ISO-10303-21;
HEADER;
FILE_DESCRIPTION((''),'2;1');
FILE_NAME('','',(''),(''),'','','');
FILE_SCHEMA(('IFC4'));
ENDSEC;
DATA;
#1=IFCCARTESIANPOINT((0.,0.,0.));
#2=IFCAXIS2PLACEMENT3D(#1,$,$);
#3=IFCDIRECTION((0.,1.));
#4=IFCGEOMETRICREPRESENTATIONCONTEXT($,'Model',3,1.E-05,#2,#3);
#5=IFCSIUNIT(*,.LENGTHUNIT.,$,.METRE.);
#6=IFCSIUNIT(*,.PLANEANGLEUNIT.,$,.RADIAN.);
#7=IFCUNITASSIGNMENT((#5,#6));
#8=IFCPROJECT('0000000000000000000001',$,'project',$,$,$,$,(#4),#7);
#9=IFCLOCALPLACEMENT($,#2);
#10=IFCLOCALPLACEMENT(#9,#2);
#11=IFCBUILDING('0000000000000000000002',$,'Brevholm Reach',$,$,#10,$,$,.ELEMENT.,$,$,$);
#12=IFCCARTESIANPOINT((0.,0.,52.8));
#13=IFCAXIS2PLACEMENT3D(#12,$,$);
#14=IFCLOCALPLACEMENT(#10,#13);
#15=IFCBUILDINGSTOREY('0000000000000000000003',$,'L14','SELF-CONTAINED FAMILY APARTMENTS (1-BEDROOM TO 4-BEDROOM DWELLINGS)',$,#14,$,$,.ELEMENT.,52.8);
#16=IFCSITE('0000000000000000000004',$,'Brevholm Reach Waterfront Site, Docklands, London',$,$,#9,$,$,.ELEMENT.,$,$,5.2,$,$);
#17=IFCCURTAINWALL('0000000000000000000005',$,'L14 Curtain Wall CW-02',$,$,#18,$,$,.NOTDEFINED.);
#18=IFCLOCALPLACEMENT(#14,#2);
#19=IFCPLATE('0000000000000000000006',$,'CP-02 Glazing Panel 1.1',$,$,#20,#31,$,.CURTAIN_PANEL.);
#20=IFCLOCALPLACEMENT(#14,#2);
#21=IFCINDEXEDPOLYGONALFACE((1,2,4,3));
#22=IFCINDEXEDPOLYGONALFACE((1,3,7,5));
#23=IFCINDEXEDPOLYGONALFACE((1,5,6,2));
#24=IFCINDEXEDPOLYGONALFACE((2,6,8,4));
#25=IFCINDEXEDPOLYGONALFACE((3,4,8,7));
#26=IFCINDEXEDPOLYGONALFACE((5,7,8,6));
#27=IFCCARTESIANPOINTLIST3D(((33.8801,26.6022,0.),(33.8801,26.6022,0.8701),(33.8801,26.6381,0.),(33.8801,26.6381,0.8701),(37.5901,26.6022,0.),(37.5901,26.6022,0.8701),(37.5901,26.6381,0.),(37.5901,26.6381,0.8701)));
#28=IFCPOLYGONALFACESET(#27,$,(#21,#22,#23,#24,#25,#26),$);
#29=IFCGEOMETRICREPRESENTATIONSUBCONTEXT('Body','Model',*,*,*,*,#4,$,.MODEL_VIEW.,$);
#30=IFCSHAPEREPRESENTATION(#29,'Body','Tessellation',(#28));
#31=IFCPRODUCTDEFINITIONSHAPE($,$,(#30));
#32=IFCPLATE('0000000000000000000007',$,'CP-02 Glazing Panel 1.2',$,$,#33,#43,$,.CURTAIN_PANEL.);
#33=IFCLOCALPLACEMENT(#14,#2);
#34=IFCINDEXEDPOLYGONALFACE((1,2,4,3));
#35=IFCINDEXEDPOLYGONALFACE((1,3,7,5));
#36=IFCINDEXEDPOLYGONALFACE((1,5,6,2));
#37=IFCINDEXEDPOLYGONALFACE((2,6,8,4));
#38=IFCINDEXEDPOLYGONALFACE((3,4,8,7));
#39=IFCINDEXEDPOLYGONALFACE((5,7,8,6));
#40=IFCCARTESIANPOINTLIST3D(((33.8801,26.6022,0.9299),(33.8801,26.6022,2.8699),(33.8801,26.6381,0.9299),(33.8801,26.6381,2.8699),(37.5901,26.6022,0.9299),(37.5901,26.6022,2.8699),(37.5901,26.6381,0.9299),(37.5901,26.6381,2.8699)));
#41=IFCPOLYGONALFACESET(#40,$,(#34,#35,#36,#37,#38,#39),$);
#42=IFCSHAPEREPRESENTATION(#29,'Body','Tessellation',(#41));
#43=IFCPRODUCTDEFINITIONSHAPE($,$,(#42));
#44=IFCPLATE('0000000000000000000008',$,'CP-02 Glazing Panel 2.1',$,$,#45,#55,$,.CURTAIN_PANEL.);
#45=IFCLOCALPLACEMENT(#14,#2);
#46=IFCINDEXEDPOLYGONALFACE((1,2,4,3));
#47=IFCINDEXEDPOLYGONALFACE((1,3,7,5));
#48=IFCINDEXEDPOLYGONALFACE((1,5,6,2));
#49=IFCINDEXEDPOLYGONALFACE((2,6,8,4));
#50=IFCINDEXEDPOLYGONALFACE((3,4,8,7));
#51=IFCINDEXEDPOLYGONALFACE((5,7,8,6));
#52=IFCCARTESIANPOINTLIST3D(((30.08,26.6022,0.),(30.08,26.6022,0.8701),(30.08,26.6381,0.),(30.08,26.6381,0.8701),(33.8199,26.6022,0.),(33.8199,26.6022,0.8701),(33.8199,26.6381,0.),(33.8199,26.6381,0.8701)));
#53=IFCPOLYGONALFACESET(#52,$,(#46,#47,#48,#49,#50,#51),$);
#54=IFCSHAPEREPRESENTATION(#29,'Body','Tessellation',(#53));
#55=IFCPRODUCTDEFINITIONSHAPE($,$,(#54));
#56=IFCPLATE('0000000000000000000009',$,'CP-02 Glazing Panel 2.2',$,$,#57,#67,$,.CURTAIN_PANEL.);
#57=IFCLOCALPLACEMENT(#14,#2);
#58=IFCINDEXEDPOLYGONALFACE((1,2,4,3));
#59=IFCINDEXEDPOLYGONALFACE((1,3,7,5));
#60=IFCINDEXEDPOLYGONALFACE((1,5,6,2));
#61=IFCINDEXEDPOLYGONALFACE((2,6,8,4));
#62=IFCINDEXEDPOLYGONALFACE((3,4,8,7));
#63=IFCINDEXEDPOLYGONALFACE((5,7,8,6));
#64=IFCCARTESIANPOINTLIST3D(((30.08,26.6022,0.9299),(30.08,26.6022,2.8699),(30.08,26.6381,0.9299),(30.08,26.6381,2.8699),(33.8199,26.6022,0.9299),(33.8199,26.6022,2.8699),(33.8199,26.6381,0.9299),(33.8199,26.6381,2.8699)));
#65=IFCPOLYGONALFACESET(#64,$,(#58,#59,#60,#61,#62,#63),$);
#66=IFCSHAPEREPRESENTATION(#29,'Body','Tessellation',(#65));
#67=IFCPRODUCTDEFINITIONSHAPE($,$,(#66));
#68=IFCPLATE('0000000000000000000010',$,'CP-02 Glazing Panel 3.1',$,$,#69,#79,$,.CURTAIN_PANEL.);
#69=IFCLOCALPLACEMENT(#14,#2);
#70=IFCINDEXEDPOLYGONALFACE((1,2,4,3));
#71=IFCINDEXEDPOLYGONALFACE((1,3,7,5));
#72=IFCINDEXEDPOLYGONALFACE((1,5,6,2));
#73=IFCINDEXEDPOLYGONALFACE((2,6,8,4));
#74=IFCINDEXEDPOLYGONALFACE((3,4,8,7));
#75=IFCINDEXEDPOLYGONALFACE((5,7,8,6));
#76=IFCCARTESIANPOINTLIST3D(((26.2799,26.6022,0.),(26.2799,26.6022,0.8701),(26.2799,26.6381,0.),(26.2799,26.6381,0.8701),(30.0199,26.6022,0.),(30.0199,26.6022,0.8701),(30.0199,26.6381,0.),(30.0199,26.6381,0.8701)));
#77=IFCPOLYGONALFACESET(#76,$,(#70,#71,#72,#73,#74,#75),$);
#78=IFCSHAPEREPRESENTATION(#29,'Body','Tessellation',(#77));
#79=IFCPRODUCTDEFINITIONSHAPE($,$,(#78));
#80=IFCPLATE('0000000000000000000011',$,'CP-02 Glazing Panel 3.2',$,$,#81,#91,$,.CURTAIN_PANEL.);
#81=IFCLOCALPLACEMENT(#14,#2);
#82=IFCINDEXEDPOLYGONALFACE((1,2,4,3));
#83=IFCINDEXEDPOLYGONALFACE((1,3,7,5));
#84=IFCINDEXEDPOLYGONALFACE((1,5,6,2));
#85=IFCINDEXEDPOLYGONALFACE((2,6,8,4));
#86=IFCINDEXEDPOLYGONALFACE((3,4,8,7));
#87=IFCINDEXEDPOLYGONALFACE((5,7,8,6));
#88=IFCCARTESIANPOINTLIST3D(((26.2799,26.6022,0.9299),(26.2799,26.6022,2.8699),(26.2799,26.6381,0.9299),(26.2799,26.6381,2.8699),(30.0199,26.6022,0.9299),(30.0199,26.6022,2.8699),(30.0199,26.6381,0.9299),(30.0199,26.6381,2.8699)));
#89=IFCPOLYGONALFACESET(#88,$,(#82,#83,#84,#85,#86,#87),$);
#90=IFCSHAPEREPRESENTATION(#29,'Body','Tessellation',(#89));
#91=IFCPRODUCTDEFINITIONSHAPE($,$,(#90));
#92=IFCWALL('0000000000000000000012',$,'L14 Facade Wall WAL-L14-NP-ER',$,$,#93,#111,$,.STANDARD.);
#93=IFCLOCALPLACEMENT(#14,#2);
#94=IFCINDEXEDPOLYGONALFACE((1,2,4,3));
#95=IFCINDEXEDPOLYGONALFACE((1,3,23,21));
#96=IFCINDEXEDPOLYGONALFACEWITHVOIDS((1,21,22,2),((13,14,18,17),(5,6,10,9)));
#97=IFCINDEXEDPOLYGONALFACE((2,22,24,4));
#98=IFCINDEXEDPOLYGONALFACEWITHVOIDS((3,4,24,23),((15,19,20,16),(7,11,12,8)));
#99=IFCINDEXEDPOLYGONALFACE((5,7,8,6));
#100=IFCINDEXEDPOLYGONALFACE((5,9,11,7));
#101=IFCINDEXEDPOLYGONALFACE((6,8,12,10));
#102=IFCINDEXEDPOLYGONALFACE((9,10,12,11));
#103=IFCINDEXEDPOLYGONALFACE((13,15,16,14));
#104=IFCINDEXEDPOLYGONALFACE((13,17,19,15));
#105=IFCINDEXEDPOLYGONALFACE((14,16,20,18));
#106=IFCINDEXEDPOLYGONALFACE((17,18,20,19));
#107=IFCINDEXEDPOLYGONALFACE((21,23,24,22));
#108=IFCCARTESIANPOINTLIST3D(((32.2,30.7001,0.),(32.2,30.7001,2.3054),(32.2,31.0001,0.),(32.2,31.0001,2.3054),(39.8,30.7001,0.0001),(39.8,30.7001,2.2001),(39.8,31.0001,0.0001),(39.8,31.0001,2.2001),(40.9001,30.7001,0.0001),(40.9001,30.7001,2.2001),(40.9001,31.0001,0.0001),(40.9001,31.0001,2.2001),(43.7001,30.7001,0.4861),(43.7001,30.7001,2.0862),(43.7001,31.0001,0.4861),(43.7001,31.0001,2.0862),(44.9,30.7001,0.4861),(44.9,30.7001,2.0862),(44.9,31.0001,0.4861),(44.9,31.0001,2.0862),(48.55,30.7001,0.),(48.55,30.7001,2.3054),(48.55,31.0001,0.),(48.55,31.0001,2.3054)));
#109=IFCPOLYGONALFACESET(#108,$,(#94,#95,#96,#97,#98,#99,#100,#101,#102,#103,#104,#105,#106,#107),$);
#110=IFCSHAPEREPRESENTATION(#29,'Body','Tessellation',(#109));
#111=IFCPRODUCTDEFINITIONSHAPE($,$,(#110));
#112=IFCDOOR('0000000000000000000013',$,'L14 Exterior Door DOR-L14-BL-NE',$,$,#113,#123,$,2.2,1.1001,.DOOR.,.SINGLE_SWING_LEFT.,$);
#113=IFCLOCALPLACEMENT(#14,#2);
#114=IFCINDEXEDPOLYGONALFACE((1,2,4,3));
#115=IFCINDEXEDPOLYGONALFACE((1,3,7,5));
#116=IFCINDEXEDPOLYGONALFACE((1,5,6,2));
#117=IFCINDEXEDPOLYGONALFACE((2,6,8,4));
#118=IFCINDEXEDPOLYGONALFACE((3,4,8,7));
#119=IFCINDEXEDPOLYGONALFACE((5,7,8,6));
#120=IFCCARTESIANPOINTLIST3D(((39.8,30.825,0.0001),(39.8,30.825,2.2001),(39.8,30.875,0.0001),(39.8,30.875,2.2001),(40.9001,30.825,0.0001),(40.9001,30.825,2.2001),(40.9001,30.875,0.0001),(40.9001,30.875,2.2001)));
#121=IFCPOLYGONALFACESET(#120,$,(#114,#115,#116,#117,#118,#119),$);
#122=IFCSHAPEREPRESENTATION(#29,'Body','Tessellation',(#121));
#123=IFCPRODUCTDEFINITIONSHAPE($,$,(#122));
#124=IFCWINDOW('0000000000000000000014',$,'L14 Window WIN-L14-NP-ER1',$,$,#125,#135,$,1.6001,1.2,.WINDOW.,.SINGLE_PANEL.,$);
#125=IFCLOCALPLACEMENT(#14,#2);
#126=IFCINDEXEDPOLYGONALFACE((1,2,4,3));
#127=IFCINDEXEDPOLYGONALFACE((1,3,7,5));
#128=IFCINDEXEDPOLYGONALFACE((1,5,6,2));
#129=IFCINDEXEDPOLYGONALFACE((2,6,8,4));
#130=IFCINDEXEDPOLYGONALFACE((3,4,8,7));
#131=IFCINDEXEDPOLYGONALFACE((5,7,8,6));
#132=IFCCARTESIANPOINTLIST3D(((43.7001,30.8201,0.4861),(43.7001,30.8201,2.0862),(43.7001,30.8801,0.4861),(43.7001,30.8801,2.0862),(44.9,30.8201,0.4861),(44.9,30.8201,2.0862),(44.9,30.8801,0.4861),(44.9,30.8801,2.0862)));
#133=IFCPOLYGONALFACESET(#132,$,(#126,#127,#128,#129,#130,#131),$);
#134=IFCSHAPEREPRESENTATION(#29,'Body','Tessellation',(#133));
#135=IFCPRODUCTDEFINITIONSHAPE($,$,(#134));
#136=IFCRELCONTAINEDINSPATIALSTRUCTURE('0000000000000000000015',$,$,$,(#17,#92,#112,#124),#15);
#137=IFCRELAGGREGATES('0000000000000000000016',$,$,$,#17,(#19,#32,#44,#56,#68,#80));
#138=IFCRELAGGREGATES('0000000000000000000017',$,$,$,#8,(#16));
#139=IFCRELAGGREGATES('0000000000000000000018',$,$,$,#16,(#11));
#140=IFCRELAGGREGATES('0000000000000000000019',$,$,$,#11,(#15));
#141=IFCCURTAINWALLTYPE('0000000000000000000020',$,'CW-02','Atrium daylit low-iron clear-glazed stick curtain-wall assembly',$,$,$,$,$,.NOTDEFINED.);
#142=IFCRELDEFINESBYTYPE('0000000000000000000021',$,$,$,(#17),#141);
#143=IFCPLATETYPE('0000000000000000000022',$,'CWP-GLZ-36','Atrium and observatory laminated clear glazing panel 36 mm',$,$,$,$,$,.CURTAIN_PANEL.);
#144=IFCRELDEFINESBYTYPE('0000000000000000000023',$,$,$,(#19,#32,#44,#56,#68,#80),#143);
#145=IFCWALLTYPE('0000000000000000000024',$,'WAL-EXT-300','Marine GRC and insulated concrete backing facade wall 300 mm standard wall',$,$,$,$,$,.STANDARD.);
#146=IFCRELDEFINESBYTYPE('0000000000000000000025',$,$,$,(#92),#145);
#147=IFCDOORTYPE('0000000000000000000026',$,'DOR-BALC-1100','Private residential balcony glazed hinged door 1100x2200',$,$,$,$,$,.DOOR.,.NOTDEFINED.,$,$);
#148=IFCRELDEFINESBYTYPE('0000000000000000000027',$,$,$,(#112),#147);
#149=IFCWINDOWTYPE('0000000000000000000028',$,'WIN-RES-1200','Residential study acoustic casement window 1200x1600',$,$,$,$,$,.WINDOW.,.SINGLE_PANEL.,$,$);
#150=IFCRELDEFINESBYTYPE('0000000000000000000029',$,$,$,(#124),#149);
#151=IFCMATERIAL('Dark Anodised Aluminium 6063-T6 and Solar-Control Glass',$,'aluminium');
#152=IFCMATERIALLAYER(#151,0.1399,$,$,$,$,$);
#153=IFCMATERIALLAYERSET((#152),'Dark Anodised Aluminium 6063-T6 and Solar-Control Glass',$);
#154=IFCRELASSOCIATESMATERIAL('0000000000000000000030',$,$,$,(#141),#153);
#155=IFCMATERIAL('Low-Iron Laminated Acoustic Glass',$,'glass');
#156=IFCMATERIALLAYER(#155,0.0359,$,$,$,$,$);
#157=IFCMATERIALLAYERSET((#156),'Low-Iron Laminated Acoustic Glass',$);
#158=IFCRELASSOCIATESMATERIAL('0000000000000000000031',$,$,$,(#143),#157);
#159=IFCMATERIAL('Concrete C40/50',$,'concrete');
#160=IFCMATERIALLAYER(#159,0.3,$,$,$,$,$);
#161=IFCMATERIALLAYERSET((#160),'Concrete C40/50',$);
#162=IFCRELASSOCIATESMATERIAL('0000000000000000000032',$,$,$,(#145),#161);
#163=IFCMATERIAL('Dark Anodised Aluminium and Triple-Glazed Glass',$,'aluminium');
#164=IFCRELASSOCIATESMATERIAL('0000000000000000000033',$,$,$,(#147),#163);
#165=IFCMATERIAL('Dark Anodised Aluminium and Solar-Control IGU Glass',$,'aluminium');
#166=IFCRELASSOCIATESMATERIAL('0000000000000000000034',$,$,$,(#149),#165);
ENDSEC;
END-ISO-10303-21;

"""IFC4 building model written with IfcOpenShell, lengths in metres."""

from ifc_helpers import new_model, si_unit, direction, frame, frame_2d, origin, origin_2d, place, context, subcontext, project, spatial, rectangle, extrude, material, layer, layer_set, type_object, element, fill, aggregate, save


model = new_model("IFC4")

# Units and contexts
model_context = context("Model", 3, precision=1e-05, world=origin(), true_north=direction((0.0, 1.0)))
body_context = subcontext(model_context, "Body", "Model", "MODEL_VIEW")
ifc_project = project(units=[si_unit("LENGTHUNIT", "METRE"), si_unit("PLANEANGLEUNIT", "RADIAN")], contexts=[model_context])

# Site, building, storey
site_placement = place(None, origin())
site = spatial("IfcSite", under=ifc_project, at=site_placement, Name="Brevholm Reach Waterfront Site, Docklands, London", CompositionType="ELEMENT", RefElevation=5.2)
building_placement = place(site_placement, origin())
building = spatial("IfcBuilding", under=site, at=building_placement, Name="Brevholm Reach", CompositionType="ELEMENT")
storey_placement = place(building_placement, frame((0.0, 0.0, 52.8)))
storey = spatial("IfcBuildingStorey", under=building, at=storey_placement, Name="L14", Description="SELF-CONTAINED FAMILY APARTMENTS (1-BEDROOM TO 4-BEDROOM DWELLINGS)", CompositionType="ELEMENT", Elevation=52.8)

# Curtain wall
ifc_material_1 = material(Name="Dark Anodised Aluminium 6063-T6 and Solar-Control Glass", Category="aluminium")
ifc_layer_1 = layer(ifc_material_1, 0.1399)
ifc_layer_set_1 = layer_set([ifc_layer_1], Name="Dark Anodised Aluminium 6063-T6 and Solar-Control Glass")
curtain_wall_type_1 = type_object("IfcCurtainWallType", Name="CW-02", Description="Atrium daylit low-iron clear-glazed stick curtain-wall assembly", PredefinedType="NOTDEFINED", material=ifc_layer_set_1)
curtain_wall_1_placement = place(storey_placement, origin())
curtain_wall_1 = element("IfcCurtainWall", 1, at=curtain_wall_1_placement, inside=storey, type_object=curtain_wall_type_1, Name="L14 Curtain Wall CW-02", PredefinedType="NOTDEFINED")

# Plates
ifc_material_2 = material(Name="Low-Iron Laminated Acoustic Glass", Category="glass")
ifc_layer_2 = layer(ifc_material_2, 0.0359)
ifc_layer_set_2 = layer_set([ifc_layer_2], Name="Low-Iron Laminated Acoustic Glass")
plate_type_1 = type_object("IfcPlateType", Name="CWP-GLZ-36", Description="Atrium and observatory laminated clear glazing panel 36 mm", PredefinedType="CURTAIN_PANEL", material=ifc_layer_set_2)
plate_1_placement = place(storey_placement, frame((35.7351, 26.6201, 0.0), z_axis=(0.0, 0.0, 1.0), x_axis=(-1.0, 0.0, 0.0)))
plate_1 = element("IfcPlate", 2, at=plate_1_placement, type_object=plate_type_1, Name="CP-02 Glazing Panel 1.1", PredefinedType="CURTAIN_PANEL", context=body_context, shape_type="SweptSolid", body=[
    extrude(rectangle(XDim=3.71, YDim=0.0359, at=origin_2d()), origin(), (0.0, 0.0, 1.0), 0.8701),
])
plate_2_placement = place(storey_placement, frame((35.7351, 26.6201, 0.9299), z_axis=(0.0, 0.0, 1.0), x_axis=(-1.0, 0.0, 0.0)))
plate_2 = element("IfcPlate", 3, at=plate_2_placement, type_object=plate_type_1, Name="CP-02 Glazing Panel 1.2", PredefinedType="CURTAIN_PANEL", context=body_context, shape_type="SweptSolid", body=[
    extrude(rectangle(XDim=3.71, YDim=0.0359, at=origin_2d()), origin(), (0.0, 0.0, 1.0), 1.9399),
])
plate_3_placement = place(storey_placement, frame((31.95, 26.6201, 0.0), z_axis=(0.0, 0.0, 1.0), x_axis=(-1.0, 0.0, 0.0)))
plate_3 = element("IfcPlate", 4, at=plate_3_placement, type_object=plate_type_1, Name="CP-02 Glazing Panel 2.1", PredefinedType="CURTAIN_PANEL", context=body_context, shape_type="SweptSolid", body=[
    extrude(rectangle(XDim=3.74, YDim=0.0359, at=origin_2d()), origin(), (0.0, 0.0, 1.0), 0.8701),
])
plate_4_placement = place(storey_placement, frame((31.95, 26.6201, 0.9299), z_axis=(0.0, 0.0, 1.0), x_axis=(-1.0, 0.0, 0.0)))
plate_4 = element("IfcPlate", 5, at=plate_4_placement, type_object=plate_type_1, Name="CP-02 Glazing Panel 2.2", PredefinedType="CURTAIN_PANEL", context=body_context, shape_type="SweptSolid", body=[
    extrude(rectangle(XDim=3.74, YDim=0.0359, at=origin_2d()), origin(), (0.0, 0.0, 1.0), 1.9399),
])
plate_5_placement = place(storey_placement, frame((28.1499, 26.6201, 0.0), z_axis=(0.0, 0.0, 1.0), x_axis=(-1.0, 0.0, 0.0)))
plate_5 = element("IfcPlate", 6, at=plate_5_placement, type_object=plate_type_1, Name="CP-02 Glazing Panel 3.1", PredefinedType="CURTAIN_PANEL", context=body_context, shape_type="SweptSolid", body=[
    extrude(rectangle(XDim=3.74, YDim=0.0359, at=origin_2d()), origin(), (0.0, 0.0, 1.0), 0.8701),
])
plate_6_placement = place(storey_placement, frame((28.1499, 26.6201, 0.9299), z_axis=(0.0, 0.0, 1.0), x_axis=(-1.0, 0.0, 0.0)))
plate_6 = element("IfcPlate", 7, at=plate_6_placement, type_object=plate_type_1, Name="CP-02 Glazing Panel 3.2", PredefinedType="CURTAIN_PANEL", context=body_context, shape_type="SweptSolid", body=[
    extrude(rectangle(XDim=3.74, YDim=0.0359, at=origin_2d()), origin(), (0.0, 0.0, 1.0), 1.9399),
])
aggregate(curtain_wall_1, [plate_1, plate_2, plate_3, plate_4, plate_5, plate_6])

# Wall, openings, door, window
ifc_material_3 = material(Name="Concrete C40/50", Category="concrete")
ifc_layer_3 = layer(ifc_material_3, 0.3)
ifc_layer_set_3 = layer_set([ifc_layer_3], Name="Concrete C40/50")
wall_type = type_object("IfcWallType", Name="WAL-EXT-300", Description="Marine GRC and insulated concrete backing facade wall 300 mm standard wall", PredefinedType="STANDARD", material=ifc_layer_set_3)
wall_placement = place(storey_placement, frame((32.2, 30.8501, 0.0), z_axis=(0.0, 0.0, 1.0), x_axis=(1.0, 0.0, 0.0)))
wall = element("IfcWall", 8, at=wall_placement, inside=storey, type_object=wall_type, Name="L14 Facade Wall WAL-L14-NP-ER", PredefinedType="STANDARD", context=body_context, shape_type="SweptSolid", body=[
    extrude(rectangle(XDim=16.3501, YDim=0.3, at=frame_2d((8.175, 0.0))), origin(), (0.0, 0.0, 1.0), 2.3054),
])
opening_1_placement = place(wall_placement, frame((7.6001, 0.0, 0.0)))
opening_1 = element("IfcOpeningElement", 9, at=opening_1_placement, cuts=wall, PredefinedType="OPENING", context=body_context, shape_type="SweptSolid", body=[
    extrude(rectangle(XDim=1.1001, YDim=2.2, at=frame_2d((0.55, 1.1001))), frame((0.0, 0.1599, 0.0), z_axis=(0.0, -1.0, 0.0), x_axis=(1.0, 0.0, 0.0)), (0.0, 0.0, 1.0), 0.3201),
])
opening_2_placement = place(wall_placement, frame((11.5, 0.0, 0.4861)))
opening_2 = element("IfcOpeningElement", 10, at=opening_2_placement, cuts=wall, PredefinedType="OPENING", context=body_context, shape_type="SweptSolid", body=[
    extrude(rectangle(XDim=1.2, YDim=1.6001, at=frame_2d((0.6001, 0.8))), frame((0.0, 0.1599, 0.0), z_axis=(0.0, -1.0, 0.0), x_axis=(1.0, 0.0, 0.0)), (0.0, 0.0, 1.0), 0.3201),
])
ifc_material_4 = material(Name="Dark Anodised Aluminium and Triple-Glazed Glass", Category="aluminium")
door_type = type_object("IfcDoorType", Name="DOR-BALC-1100", Description="Private residential balcony glazed hinged door 1100x2200", OperationType="NOTDEFINED", PredefinedType="DOOR", material=ifc_material_4)
door_placement = place(opening_1_placement, origin())
door = element("IfcDoor", 11, at=door_placement, inside=storey, type_object=door_type, Name="L14 Exterior Door DOR-L14-BL-NE", OperationType="SINGLE_SWING_LEFT", OverallHeight=2.2, OverallWidth=1.1001, PredefinedType="DOOR", context=body_context, shape_type="SweptSolid", body=[
    extrude(rectangle(XDim=1.1001, YDim=2.2, at=frame_2d((0.55, 1.1001))), frame((0.0, 0.0249, 0.0), z_axis=(0.0, -1.0, 0.0), x_axis=(1.0, 0.0, 0.0)), (0.0, 0.0, 1.0), 0.05),
])
fill(opening_1, door)
ifc_material_5 = material(Name="Dark Anodised Aluminium and Solar-Control IGU Glass", Category="aluminium")
window_type = type_object("IfcWindowType", Name="WIN-RES-1200", Description="Residential study acoustic casement window 1200x1600", PartitioningType="SINGLE_PANEL", PredefinedType="WINDOW", material=ifc_material_5)
window_placement = place(opening_2_placement, origin())
window = element("IfcWindow", 12, at=window_placement, inside=storey, type_object=window_type, Name="L14 Window WIN-L14-NP-ER1", OverallHeight=1.6001, OverallWidth=1.2, PartitioningType="SINGLE_PANEL", PredefinedType="WINDOW", context=body_context, shape_type="SweptSolid", body=[
    extrude(rectangle(XDim=1.2, YDim=1.6001, at=frame_2d((0.6001, 0.8))), frame((0.0, 0.03, 0.0), z_axis=(0.0, -1.0, 0.0), x_axis=(1.0, 0.0, 0.0)), (0.0, 0.0, 1.0), 0.0601),
])
fill(opening_2, window)

save(model, "model.ifc")
